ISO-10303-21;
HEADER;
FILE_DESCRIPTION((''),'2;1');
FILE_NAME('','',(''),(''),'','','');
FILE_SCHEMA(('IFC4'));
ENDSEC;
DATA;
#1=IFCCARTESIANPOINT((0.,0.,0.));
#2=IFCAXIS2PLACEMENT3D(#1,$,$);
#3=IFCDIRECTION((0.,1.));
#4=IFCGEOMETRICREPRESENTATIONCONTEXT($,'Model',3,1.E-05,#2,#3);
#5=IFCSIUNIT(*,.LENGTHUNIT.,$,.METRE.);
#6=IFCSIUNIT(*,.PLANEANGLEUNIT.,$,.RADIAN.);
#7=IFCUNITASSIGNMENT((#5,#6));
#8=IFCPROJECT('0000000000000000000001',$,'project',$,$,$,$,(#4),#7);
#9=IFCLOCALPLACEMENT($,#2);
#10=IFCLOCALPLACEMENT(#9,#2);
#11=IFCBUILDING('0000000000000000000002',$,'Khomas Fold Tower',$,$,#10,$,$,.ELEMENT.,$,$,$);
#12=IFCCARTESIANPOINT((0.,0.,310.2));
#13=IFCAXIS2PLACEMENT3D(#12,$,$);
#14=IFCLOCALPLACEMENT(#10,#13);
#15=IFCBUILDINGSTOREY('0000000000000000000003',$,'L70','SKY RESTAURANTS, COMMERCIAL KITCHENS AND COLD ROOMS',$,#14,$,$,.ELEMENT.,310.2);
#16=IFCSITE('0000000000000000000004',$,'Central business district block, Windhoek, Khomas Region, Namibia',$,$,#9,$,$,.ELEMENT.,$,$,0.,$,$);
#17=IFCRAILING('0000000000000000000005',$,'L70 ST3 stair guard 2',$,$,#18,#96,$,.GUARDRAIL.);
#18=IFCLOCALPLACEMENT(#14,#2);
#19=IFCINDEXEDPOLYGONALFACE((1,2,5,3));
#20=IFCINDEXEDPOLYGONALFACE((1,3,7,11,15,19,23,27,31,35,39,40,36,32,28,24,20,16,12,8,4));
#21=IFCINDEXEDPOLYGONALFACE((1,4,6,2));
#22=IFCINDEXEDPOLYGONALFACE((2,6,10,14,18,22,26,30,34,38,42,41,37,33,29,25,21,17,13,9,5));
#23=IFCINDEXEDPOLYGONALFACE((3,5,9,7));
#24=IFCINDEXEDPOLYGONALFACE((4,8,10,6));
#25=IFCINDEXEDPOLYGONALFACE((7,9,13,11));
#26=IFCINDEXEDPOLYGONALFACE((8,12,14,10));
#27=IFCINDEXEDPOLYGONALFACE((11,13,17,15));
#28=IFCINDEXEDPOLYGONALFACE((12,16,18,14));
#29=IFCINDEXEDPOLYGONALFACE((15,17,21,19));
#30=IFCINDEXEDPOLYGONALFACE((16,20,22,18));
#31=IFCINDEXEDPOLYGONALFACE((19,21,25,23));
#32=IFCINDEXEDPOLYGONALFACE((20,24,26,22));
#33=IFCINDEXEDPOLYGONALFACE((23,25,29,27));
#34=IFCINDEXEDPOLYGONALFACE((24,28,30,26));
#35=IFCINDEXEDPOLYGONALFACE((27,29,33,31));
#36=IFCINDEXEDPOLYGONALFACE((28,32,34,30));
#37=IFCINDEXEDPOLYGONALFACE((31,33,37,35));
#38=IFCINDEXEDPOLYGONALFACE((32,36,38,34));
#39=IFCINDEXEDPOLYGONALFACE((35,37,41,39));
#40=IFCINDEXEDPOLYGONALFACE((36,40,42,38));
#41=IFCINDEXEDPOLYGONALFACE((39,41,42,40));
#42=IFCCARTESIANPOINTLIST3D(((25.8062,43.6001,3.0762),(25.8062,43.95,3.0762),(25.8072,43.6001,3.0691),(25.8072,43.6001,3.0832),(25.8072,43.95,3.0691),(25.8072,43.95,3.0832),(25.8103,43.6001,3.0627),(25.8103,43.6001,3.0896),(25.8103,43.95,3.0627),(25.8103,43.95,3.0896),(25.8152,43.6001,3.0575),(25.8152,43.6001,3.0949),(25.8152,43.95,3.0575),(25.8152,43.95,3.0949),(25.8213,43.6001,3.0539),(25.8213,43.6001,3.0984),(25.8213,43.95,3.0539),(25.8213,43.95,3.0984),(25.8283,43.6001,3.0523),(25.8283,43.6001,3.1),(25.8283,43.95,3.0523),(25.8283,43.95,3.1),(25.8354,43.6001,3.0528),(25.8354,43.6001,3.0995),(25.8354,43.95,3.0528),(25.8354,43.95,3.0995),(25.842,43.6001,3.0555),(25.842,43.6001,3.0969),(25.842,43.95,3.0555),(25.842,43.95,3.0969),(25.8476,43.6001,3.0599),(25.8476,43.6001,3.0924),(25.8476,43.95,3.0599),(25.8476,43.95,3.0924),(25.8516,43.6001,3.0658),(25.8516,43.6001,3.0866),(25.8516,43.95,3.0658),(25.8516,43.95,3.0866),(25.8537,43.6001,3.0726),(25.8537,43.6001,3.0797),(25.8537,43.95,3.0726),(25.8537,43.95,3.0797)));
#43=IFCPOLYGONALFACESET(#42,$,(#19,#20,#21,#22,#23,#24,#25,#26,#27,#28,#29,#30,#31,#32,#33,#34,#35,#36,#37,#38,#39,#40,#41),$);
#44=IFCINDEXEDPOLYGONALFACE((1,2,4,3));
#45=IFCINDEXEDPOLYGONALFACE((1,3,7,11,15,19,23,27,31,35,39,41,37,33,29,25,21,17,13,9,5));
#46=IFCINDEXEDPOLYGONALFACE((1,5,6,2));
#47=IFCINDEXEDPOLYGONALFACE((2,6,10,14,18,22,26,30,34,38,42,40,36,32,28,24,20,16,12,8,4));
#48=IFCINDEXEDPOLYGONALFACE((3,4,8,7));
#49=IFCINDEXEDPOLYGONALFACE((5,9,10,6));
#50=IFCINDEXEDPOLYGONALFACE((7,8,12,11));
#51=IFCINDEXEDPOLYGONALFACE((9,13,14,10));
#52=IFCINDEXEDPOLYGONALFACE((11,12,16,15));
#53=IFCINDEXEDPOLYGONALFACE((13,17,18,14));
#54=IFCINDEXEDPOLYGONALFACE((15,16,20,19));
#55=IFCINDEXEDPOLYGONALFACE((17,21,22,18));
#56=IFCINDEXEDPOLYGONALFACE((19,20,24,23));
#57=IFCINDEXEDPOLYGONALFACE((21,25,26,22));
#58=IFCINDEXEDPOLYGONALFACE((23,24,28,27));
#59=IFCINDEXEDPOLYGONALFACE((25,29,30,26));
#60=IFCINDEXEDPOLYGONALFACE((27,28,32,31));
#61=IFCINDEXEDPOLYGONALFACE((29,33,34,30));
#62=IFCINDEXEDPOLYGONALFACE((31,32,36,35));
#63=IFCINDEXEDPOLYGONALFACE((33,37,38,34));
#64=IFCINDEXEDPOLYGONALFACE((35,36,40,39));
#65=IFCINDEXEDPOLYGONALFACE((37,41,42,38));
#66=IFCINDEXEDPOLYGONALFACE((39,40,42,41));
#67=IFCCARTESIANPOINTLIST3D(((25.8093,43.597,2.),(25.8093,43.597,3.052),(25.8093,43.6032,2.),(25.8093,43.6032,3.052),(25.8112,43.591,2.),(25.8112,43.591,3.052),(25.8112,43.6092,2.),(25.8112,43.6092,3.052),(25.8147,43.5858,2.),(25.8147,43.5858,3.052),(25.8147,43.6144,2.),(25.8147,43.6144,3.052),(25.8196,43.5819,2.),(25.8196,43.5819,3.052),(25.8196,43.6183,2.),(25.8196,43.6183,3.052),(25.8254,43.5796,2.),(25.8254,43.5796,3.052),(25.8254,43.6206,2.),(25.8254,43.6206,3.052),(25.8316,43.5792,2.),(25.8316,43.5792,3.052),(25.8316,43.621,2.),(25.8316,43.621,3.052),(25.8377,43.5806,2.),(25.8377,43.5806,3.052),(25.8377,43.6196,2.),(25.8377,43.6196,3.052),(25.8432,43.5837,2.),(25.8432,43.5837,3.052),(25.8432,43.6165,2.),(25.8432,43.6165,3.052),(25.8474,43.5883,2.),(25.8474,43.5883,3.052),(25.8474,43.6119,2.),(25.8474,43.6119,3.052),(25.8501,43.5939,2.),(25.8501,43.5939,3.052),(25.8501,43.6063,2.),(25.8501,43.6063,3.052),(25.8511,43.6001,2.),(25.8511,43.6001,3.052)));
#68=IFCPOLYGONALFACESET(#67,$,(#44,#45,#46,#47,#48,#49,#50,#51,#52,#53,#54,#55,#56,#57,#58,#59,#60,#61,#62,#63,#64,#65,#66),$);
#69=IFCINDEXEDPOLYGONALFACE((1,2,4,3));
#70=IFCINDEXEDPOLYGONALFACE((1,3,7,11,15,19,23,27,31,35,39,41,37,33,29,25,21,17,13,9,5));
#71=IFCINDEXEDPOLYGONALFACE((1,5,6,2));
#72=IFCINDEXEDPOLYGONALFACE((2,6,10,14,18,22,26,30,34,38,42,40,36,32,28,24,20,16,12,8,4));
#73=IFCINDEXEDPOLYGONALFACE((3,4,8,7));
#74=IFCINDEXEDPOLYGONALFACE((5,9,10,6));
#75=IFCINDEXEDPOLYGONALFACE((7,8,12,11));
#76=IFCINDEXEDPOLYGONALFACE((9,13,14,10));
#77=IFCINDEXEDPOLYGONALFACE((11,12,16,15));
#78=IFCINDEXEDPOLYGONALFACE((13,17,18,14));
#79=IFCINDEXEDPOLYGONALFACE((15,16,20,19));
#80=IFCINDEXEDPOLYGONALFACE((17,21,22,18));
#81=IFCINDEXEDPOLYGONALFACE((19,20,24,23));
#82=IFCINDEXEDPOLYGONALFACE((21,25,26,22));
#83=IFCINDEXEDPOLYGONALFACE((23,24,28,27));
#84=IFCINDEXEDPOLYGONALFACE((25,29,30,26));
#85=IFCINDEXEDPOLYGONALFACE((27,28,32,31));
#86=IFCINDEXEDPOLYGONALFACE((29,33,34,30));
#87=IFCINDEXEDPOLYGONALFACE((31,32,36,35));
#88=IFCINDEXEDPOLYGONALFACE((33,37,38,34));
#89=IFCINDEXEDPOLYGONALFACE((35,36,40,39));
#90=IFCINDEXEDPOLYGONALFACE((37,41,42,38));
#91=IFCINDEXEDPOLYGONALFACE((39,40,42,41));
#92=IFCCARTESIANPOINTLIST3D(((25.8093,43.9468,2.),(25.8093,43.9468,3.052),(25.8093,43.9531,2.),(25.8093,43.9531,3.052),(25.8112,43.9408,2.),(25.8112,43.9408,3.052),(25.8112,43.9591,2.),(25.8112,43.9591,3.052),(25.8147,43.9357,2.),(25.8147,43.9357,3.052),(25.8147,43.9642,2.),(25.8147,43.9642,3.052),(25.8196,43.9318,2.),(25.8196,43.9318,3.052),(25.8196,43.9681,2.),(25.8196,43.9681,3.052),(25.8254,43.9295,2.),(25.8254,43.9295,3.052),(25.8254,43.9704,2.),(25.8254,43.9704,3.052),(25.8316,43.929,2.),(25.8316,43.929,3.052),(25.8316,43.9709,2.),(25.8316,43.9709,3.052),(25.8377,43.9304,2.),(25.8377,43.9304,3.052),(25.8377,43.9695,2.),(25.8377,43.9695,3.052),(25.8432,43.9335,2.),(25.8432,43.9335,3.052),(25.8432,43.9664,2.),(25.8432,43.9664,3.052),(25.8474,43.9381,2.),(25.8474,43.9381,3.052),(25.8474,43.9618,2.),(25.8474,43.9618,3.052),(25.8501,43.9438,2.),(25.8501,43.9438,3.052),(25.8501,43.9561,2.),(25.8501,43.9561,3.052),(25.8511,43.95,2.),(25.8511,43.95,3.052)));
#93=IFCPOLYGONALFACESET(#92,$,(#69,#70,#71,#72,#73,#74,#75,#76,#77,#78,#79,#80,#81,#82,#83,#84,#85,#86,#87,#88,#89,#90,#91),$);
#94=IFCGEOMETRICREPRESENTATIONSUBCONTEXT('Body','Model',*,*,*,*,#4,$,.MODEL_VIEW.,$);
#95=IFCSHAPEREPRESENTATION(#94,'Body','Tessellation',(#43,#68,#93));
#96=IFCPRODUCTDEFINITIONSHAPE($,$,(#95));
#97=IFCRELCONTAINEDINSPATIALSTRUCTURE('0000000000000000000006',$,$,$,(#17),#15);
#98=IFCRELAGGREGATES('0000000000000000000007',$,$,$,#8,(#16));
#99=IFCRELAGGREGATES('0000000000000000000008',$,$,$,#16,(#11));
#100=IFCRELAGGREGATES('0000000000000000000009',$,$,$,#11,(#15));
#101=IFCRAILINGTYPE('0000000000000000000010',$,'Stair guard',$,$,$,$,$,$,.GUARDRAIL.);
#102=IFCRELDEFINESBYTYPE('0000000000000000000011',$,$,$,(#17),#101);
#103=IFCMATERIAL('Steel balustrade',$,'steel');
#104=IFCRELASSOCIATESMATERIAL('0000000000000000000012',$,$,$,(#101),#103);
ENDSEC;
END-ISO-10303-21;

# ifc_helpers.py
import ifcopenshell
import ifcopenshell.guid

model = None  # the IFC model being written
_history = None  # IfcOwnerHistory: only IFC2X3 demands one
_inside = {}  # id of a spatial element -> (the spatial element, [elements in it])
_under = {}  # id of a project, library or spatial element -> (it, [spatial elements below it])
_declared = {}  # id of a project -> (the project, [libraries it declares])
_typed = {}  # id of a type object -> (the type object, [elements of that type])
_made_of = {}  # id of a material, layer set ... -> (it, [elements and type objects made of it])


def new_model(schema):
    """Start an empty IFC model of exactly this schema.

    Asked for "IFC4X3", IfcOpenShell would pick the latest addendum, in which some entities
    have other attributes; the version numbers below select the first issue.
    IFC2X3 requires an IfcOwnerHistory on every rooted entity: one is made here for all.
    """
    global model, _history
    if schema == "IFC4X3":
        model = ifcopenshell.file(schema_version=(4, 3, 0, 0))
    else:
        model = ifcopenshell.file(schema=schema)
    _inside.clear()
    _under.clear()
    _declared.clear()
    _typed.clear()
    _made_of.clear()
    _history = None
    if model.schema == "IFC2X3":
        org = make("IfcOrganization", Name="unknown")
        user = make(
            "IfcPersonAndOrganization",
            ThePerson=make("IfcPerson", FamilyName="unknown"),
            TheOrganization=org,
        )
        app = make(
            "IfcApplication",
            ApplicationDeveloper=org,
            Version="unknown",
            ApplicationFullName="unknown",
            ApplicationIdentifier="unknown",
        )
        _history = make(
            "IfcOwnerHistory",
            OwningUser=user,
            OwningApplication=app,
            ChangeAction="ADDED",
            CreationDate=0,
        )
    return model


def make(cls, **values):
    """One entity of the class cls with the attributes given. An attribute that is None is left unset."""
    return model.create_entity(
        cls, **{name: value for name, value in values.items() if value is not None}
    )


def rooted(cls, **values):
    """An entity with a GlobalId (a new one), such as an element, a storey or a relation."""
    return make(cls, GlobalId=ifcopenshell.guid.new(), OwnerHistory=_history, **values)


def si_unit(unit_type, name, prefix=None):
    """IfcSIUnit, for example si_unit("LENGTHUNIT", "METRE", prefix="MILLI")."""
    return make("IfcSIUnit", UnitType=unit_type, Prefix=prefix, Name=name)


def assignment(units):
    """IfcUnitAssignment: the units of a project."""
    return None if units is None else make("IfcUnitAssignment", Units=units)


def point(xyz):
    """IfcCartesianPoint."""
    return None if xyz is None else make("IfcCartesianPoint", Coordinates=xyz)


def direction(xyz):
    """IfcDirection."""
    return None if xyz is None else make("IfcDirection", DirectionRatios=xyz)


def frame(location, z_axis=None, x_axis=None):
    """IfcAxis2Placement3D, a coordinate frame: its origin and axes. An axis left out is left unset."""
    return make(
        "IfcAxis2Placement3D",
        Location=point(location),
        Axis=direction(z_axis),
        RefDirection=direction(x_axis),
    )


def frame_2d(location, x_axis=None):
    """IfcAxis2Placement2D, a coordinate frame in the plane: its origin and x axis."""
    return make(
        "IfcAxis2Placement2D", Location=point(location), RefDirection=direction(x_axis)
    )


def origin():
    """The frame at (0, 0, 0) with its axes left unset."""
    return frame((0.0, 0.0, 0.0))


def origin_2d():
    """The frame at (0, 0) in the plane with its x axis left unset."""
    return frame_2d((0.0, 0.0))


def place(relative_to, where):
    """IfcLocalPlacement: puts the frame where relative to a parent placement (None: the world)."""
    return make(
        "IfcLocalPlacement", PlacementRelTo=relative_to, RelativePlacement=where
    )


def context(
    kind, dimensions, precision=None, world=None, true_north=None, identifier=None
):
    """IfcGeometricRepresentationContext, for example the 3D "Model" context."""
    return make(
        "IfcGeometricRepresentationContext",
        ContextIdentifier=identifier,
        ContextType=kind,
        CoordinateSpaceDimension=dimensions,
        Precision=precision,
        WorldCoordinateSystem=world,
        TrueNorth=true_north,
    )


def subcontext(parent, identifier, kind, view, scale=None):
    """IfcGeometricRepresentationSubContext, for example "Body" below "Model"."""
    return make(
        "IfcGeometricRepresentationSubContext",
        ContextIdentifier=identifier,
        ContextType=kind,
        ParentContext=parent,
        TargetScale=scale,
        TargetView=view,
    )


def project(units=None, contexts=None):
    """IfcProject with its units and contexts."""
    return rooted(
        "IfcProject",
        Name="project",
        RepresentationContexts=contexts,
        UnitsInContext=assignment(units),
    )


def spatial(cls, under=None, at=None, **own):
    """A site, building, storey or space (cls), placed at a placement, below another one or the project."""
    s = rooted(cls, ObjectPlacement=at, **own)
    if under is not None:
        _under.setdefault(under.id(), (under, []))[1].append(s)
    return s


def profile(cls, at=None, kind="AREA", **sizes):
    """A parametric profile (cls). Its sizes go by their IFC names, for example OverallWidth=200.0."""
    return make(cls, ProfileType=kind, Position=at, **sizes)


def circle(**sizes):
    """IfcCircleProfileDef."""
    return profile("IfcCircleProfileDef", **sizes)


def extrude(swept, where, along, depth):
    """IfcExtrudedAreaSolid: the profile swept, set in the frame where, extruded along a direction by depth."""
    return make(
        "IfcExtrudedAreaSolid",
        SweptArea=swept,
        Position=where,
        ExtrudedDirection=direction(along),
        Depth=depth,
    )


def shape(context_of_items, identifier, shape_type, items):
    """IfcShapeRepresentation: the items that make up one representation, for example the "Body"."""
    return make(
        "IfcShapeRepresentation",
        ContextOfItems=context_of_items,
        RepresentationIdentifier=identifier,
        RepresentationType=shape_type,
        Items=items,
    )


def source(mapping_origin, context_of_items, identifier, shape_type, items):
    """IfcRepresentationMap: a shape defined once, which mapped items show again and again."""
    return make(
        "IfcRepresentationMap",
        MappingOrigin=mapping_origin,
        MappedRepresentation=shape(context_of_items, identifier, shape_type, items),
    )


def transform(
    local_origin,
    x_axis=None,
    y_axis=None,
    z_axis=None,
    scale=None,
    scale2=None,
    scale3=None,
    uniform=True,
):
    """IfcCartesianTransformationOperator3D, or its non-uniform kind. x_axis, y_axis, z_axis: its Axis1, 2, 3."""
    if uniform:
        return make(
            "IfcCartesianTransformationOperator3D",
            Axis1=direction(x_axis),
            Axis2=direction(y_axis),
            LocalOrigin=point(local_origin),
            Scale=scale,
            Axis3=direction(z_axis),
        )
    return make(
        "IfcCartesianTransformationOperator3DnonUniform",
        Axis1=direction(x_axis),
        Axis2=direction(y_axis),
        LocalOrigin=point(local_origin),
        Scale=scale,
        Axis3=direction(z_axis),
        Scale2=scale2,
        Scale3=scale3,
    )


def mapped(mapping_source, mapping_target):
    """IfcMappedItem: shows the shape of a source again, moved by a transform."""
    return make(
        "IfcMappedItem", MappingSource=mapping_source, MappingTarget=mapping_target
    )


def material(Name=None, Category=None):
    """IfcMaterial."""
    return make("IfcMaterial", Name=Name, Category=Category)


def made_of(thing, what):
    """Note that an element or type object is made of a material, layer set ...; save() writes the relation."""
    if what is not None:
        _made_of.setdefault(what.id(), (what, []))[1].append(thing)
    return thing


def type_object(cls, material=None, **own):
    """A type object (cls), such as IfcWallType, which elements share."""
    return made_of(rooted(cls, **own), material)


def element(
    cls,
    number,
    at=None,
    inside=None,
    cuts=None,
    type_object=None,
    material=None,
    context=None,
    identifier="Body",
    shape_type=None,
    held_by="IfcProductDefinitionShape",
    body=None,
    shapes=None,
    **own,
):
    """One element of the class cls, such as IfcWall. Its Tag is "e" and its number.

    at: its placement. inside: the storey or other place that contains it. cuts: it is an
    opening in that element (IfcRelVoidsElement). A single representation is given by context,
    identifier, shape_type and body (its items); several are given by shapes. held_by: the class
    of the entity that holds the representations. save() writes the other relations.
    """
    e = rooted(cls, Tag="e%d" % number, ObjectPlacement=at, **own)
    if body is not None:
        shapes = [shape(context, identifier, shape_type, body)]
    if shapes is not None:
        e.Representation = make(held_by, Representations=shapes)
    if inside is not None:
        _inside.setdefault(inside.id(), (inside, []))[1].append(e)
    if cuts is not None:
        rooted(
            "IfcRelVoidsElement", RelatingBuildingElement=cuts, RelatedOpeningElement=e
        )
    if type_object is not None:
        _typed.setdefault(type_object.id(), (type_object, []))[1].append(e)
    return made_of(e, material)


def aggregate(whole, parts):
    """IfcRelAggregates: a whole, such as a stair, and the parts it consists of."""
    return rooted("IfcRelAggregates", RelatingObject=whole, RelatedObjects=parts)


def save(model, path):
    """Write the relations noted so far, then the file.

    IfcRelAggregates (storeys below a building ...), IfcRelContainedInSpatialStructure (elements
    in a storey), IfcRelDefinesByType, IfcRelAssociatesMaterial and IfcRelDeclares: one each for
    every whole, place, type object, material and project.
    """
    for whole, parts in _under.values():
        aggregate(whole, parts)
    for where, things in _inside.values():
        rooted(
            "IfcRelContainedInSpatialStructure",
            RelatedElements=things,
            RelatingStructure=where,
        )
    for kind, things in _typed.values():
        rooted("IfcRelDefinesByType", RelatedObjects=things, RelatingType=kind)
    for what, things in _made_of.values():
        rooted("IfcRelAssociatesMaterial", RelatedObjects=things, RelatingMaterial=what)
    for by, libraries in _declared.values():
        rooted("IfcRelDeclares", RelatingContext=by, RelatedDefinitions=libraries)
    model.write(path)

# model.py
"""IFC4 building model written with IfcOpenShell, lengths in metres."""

from ifc_helpers import new_model, si_unit, direction, frame, origin, origin_2d, place, context, subcontext, project, spatial, circle, extrude, source, transform, mapped, material, type_object, element, save


model = new_model("IFC4")

# Units and contexts
model_context = context("Model", 3, precision=1e-05, world=origin(), true_north=direction((0.0, 1.0)))
body_context = subcontext(model_context, "Body", "Model", "MODEL_VIEW")
ifc_project = project(units=[si_unit("LENGTHUNIT", "METRE"), si_unit("PLANEANGLEUNIT", "RADIAN")], contexts=[model_context])

# Site, building, storey
site_placement = place(None, origin())
site = spatial("IfcSite", under=ifc_project, at=site_placement, Name="Central business district block, Windhoek, Khomas Region, Namibia", CompositionType="ELEMENT", RefElevation=0.0)
building_placement = place(site_placement, origin())
building = spatial("IfcBuilding", under=site, at=building_placement, Name="Khomas Fold Tower", CompositionType="ELEMENT")
storey_placement = place(building_placement, frame((0.0, 0.0, 310.2)))
storey = spatial("IfcBuildingStorey", under=building, at=storey_placement, Name="L70", Description="SKY RESTAURANTS, COMMERCIAL KITCHENS AND COLD ROOMS", CompositionType="ELEMENT", Elevation=310.2)

# Railing
ifc_material_1 = material(Name="Steel balustrade", Category="steel")
railing_type_1 = type_object("IfcRailingType", Name="Stair guard", PredefinedType="GUARDRAIL", material=ifc_material_1)
shared_shape_1 = source(origin(), body_context, "Body", "SweptSolid", [
    extrude(circle(Radius=0.0239, at=origin_2d()), frame((0.0, 0.0, 1.0762), z_axis=(0.0, 1.0, 0.0), x_axis=(-1.0, 0.0, 0.0)), (0.0, 0.0, 1.0), 0.3499),
    extrude(circle(Radius=0.021, at=origin_2d()), origin(), (0.0, 0.0, 1.0), 1.052),
    extrude(circle(Radius=0.021, at=origin_2d()), frame((0.0, 0.3499, 0.0)), (0.0, 0.0, 1.0), 1.052),
])
railing_1_placement = place(storey_placement, frame((25.8301, 43.6001, 2.0)))
element("IfcRailing", 1, at=railing_1_placement, inside=storey, type_object=railing_type_1, Name="L70 ST3 stair guard 2", PredefinedType="GUARDRAIL", context=body_context, shape_type="MappedRepresentation", body=[
    mapped(shared_shape_1, transform((0.0, 0.0, 0.0))),
])

save(model, "model.ifc")
